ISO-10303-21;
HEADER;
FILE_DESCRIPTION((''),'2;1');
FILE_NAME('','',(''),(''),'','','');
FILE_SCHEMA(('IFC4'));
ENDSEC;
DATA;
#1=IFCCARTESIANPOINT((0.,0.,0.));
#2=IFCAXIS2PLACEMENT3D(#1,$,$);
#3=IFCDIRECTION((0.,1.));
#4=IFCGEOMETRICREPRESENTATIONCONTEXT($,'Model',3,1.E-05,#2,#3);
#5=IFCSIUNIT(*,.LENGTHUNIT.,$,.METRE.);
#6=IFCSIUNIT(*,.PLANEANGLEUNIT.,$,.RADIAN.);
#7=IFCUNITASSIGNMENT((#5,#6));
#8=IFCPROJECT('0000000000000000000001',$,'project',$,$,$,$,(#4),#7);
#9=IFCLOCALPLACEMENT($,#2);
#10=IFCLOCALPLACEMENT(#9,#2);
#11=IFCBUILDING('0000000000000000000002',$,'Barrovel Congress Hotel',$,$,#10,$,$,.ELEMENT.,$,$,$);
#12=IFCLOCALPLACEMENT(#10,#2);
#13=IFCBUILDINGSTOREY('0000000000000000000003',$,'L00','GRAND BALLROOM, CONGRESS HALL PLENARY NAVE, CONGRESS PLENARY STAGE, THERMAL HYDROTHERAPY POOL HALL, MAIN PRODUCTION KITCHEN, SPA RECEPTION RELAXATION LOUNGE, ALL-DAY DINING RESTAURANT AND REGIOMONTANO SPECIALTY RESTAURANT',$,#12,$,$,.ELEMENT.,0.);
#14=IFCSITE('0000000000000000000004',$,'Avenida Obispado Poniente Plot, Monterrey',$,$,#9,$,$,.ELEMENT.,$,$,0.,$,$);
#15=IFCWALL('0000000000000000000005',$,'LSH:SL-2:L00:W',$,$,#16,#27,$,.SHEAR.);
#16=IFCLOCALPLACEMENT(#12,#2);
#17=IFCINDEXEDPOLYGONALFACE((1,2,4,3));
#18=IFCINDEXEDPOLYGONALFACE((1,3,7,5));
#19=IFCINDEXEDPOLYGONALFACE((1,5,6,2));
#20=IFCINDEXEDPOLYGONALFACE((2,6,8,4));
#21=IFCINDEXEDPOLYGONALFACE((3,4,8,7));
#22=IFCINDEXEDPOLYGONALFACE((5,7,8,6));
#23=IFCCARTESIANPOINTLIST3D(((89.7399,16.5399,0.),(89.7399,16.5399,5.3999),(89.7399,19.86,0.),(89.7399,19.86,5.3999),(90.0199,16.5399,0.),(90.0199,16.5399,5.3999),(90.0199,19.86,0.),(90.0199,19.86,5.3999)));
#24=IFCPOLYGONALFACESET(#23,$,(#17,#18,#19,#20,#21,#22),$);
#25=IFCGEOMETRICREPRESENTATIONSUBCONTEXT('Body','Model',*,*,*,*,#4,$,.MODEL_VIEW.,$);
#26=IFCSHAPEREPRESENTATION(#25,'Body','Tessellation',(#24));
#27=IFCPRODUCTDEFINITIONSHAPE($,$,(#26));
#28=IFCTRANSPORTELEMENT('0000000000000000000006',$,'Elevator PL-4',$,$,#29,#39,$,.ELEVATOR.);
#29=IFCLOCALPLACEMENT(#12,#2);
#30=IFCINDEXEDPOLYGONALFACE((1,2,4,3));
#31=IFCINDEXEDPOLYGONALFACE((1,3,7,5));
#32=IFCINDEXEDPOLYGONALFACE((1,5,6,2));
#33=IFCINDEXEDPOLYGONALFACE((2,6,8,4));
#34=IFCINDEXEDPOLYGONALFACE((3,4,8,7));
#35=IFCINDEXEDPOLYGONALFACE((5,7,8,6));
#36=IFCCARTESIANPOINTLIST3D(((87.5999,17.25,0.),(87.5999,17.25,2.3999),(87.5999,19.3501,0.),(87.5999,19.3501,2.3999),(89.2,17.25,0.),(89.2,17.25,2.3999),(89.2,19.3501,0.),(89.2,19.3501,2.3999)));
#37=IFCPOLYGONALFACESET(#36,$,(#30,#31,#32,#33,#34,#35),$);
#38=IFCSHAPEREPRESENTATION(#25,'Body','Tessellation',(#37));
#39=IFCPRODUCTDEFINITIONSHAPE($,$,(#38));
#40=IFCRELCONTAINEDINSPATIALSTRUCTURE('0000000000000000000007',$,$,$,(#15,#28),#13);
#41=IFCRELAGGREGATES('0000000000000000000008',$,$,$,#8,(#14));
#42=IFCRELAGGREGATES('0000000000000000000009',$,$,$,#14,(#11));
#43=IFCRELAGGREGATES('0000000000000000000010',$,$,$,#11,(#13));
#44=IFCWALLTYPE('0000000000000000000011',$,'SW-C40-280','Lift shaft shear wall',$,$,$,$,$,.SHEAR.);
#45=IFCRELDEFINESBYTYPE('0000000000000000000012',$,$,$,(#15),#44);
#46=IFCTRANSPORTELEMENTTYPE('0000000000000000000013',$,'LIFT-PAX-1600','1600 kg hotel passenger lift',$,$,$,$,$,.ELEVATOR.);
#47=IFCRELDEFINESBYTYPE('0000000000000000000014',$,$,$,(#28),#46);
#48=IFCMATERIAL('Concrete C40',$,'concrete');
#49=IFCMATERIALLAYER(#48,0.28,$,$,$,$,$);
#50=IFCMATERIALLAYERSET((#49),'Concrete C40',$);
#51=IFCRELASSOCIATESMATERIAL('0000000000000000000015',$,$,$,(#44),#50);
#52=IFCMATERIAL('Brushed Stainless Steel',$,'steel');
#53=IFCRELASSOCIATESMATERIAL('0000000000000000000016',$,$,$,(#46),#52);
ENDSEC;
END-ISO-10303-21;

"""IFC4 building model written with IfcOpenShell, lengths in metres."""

from ifc_helpers import new_model, si_unit, direction, frame, frame_2d, origin, origin_2d, place, context, subcontext, project, spatial, rectangle, extrude, material, layer, layer_set, type_object, element, save


model = new_model("IFC4")

# Units and contexts
model_context = context("Model", 3, precision=1e-05, world=origin(), true_north=direction((0.0, 1.0)))
body_context = subcontext(model_context, "Body", "Model", "MODEL_VIEW")
ifc_project = project(units=[si_unit("LENGTHUNIT", "METRE"), si_unit("PLANEANGLEUNIT", "RADIAN")], contexts=[model_context])

# Site, building, storey
site_placement = place(None, origin())
site = spatial("IfcSite", under=ifc_project, at=site_placement, Name="Avenida Obispado Poniente Plot, Monterrey", CompositionType="ELEMENT", RefElevation=0.0)
building_placement = place(site_placement, origin())
building = spatial("IfcBuilding", under=site, at=building_placement, Name="Barrovel Congress Hotel", CompositionType="ELEMENT")
storey_placement = place(building_placement, origin())
storey = spatial("IfcBuildingStorey", under=building, at=storey_placement, Name="L00", Description="GRAND BALLROOM, CONGRESS HALL PLENARY NAVE, CONGRESS PLENARY STAGE, THERMAL HYDROTHERAPY POOL HALL, MAIN PRODUCTION KITCHEN, SPA RECEPTION RELAXATION LOUNGE, ALL-DAY DINING RESTAURANT AND REGIOMONTANO SPECIALTY RESTAURANT", CompositionType="ELEMENT", Elevation=0.0)

# Shared definitions
ifc_material_1 = material(Name="Concrete C40", Category="concrete")

# Wall
ifc_layer_1 = layer(ifc_material_1, 0.28)
ifc_layer_set_1 = layer_set([ifc_layer_1], Name="Concrete C40")
wall_type_1 = type_object("IfcWallType", Name="SW-C40-280", Description="Lift shaft shear wall", PredefinedType="SHEAR", material=ifc_layer_set_1)
wall_1_placement = place(storey_placement, frame((89.8799, 19.8601, 0.0), z_axis=(0.0, 0.0, 1.0), x_axis=(0.0, -1.0, 0.0)))
element("IfcWall", 1, at=wall_1_placement, inside=storey, type_object=wall_type_1, Name="LSH:SL-2:L00:W", PredefinedType="SHEAR", context=body_context, shape_type="SweptSolid", body=[
    extrude(rectangle(XDim=3.3201, YDim=0.28, at=frame_2d((1.6602, 0.0))), origin(), (0.0, 0.0, 1.0), 5.3999),
])

# Transport element
ifc_material_2 = material(Name="Brushed Stainless Steel", Category="steel")
transport_element_type = type_object("IfcTransportElementType", Name="LIFT-PAX-1600", Description="1600 kg hotel passenger lift", PredefinedType="ELEVATOR", material=ifc_material_2)
transport_element_placement = place(storey_placement, frame((88.3999, 18.3, 0.0), z_axis=(0.0, 0.0, 1.0), x_axis=(1.0, 0.0, 0.0)))
element("IfcTransportElement", 2, at=transport_element_placement, inside=storey, type_object=transport_element_type, Name="Elevator PL-4", PredefinedType="ELEVATOR", context=body_context, shape_type="SweptSolid", body=[
    extrude(rectangle(XDim=1.6001, YDim=2.1001, at=origin_2d()), origin(), (0.0, 0.0, 1.0), 2.3999),
])

save(model, "model.ifc")
